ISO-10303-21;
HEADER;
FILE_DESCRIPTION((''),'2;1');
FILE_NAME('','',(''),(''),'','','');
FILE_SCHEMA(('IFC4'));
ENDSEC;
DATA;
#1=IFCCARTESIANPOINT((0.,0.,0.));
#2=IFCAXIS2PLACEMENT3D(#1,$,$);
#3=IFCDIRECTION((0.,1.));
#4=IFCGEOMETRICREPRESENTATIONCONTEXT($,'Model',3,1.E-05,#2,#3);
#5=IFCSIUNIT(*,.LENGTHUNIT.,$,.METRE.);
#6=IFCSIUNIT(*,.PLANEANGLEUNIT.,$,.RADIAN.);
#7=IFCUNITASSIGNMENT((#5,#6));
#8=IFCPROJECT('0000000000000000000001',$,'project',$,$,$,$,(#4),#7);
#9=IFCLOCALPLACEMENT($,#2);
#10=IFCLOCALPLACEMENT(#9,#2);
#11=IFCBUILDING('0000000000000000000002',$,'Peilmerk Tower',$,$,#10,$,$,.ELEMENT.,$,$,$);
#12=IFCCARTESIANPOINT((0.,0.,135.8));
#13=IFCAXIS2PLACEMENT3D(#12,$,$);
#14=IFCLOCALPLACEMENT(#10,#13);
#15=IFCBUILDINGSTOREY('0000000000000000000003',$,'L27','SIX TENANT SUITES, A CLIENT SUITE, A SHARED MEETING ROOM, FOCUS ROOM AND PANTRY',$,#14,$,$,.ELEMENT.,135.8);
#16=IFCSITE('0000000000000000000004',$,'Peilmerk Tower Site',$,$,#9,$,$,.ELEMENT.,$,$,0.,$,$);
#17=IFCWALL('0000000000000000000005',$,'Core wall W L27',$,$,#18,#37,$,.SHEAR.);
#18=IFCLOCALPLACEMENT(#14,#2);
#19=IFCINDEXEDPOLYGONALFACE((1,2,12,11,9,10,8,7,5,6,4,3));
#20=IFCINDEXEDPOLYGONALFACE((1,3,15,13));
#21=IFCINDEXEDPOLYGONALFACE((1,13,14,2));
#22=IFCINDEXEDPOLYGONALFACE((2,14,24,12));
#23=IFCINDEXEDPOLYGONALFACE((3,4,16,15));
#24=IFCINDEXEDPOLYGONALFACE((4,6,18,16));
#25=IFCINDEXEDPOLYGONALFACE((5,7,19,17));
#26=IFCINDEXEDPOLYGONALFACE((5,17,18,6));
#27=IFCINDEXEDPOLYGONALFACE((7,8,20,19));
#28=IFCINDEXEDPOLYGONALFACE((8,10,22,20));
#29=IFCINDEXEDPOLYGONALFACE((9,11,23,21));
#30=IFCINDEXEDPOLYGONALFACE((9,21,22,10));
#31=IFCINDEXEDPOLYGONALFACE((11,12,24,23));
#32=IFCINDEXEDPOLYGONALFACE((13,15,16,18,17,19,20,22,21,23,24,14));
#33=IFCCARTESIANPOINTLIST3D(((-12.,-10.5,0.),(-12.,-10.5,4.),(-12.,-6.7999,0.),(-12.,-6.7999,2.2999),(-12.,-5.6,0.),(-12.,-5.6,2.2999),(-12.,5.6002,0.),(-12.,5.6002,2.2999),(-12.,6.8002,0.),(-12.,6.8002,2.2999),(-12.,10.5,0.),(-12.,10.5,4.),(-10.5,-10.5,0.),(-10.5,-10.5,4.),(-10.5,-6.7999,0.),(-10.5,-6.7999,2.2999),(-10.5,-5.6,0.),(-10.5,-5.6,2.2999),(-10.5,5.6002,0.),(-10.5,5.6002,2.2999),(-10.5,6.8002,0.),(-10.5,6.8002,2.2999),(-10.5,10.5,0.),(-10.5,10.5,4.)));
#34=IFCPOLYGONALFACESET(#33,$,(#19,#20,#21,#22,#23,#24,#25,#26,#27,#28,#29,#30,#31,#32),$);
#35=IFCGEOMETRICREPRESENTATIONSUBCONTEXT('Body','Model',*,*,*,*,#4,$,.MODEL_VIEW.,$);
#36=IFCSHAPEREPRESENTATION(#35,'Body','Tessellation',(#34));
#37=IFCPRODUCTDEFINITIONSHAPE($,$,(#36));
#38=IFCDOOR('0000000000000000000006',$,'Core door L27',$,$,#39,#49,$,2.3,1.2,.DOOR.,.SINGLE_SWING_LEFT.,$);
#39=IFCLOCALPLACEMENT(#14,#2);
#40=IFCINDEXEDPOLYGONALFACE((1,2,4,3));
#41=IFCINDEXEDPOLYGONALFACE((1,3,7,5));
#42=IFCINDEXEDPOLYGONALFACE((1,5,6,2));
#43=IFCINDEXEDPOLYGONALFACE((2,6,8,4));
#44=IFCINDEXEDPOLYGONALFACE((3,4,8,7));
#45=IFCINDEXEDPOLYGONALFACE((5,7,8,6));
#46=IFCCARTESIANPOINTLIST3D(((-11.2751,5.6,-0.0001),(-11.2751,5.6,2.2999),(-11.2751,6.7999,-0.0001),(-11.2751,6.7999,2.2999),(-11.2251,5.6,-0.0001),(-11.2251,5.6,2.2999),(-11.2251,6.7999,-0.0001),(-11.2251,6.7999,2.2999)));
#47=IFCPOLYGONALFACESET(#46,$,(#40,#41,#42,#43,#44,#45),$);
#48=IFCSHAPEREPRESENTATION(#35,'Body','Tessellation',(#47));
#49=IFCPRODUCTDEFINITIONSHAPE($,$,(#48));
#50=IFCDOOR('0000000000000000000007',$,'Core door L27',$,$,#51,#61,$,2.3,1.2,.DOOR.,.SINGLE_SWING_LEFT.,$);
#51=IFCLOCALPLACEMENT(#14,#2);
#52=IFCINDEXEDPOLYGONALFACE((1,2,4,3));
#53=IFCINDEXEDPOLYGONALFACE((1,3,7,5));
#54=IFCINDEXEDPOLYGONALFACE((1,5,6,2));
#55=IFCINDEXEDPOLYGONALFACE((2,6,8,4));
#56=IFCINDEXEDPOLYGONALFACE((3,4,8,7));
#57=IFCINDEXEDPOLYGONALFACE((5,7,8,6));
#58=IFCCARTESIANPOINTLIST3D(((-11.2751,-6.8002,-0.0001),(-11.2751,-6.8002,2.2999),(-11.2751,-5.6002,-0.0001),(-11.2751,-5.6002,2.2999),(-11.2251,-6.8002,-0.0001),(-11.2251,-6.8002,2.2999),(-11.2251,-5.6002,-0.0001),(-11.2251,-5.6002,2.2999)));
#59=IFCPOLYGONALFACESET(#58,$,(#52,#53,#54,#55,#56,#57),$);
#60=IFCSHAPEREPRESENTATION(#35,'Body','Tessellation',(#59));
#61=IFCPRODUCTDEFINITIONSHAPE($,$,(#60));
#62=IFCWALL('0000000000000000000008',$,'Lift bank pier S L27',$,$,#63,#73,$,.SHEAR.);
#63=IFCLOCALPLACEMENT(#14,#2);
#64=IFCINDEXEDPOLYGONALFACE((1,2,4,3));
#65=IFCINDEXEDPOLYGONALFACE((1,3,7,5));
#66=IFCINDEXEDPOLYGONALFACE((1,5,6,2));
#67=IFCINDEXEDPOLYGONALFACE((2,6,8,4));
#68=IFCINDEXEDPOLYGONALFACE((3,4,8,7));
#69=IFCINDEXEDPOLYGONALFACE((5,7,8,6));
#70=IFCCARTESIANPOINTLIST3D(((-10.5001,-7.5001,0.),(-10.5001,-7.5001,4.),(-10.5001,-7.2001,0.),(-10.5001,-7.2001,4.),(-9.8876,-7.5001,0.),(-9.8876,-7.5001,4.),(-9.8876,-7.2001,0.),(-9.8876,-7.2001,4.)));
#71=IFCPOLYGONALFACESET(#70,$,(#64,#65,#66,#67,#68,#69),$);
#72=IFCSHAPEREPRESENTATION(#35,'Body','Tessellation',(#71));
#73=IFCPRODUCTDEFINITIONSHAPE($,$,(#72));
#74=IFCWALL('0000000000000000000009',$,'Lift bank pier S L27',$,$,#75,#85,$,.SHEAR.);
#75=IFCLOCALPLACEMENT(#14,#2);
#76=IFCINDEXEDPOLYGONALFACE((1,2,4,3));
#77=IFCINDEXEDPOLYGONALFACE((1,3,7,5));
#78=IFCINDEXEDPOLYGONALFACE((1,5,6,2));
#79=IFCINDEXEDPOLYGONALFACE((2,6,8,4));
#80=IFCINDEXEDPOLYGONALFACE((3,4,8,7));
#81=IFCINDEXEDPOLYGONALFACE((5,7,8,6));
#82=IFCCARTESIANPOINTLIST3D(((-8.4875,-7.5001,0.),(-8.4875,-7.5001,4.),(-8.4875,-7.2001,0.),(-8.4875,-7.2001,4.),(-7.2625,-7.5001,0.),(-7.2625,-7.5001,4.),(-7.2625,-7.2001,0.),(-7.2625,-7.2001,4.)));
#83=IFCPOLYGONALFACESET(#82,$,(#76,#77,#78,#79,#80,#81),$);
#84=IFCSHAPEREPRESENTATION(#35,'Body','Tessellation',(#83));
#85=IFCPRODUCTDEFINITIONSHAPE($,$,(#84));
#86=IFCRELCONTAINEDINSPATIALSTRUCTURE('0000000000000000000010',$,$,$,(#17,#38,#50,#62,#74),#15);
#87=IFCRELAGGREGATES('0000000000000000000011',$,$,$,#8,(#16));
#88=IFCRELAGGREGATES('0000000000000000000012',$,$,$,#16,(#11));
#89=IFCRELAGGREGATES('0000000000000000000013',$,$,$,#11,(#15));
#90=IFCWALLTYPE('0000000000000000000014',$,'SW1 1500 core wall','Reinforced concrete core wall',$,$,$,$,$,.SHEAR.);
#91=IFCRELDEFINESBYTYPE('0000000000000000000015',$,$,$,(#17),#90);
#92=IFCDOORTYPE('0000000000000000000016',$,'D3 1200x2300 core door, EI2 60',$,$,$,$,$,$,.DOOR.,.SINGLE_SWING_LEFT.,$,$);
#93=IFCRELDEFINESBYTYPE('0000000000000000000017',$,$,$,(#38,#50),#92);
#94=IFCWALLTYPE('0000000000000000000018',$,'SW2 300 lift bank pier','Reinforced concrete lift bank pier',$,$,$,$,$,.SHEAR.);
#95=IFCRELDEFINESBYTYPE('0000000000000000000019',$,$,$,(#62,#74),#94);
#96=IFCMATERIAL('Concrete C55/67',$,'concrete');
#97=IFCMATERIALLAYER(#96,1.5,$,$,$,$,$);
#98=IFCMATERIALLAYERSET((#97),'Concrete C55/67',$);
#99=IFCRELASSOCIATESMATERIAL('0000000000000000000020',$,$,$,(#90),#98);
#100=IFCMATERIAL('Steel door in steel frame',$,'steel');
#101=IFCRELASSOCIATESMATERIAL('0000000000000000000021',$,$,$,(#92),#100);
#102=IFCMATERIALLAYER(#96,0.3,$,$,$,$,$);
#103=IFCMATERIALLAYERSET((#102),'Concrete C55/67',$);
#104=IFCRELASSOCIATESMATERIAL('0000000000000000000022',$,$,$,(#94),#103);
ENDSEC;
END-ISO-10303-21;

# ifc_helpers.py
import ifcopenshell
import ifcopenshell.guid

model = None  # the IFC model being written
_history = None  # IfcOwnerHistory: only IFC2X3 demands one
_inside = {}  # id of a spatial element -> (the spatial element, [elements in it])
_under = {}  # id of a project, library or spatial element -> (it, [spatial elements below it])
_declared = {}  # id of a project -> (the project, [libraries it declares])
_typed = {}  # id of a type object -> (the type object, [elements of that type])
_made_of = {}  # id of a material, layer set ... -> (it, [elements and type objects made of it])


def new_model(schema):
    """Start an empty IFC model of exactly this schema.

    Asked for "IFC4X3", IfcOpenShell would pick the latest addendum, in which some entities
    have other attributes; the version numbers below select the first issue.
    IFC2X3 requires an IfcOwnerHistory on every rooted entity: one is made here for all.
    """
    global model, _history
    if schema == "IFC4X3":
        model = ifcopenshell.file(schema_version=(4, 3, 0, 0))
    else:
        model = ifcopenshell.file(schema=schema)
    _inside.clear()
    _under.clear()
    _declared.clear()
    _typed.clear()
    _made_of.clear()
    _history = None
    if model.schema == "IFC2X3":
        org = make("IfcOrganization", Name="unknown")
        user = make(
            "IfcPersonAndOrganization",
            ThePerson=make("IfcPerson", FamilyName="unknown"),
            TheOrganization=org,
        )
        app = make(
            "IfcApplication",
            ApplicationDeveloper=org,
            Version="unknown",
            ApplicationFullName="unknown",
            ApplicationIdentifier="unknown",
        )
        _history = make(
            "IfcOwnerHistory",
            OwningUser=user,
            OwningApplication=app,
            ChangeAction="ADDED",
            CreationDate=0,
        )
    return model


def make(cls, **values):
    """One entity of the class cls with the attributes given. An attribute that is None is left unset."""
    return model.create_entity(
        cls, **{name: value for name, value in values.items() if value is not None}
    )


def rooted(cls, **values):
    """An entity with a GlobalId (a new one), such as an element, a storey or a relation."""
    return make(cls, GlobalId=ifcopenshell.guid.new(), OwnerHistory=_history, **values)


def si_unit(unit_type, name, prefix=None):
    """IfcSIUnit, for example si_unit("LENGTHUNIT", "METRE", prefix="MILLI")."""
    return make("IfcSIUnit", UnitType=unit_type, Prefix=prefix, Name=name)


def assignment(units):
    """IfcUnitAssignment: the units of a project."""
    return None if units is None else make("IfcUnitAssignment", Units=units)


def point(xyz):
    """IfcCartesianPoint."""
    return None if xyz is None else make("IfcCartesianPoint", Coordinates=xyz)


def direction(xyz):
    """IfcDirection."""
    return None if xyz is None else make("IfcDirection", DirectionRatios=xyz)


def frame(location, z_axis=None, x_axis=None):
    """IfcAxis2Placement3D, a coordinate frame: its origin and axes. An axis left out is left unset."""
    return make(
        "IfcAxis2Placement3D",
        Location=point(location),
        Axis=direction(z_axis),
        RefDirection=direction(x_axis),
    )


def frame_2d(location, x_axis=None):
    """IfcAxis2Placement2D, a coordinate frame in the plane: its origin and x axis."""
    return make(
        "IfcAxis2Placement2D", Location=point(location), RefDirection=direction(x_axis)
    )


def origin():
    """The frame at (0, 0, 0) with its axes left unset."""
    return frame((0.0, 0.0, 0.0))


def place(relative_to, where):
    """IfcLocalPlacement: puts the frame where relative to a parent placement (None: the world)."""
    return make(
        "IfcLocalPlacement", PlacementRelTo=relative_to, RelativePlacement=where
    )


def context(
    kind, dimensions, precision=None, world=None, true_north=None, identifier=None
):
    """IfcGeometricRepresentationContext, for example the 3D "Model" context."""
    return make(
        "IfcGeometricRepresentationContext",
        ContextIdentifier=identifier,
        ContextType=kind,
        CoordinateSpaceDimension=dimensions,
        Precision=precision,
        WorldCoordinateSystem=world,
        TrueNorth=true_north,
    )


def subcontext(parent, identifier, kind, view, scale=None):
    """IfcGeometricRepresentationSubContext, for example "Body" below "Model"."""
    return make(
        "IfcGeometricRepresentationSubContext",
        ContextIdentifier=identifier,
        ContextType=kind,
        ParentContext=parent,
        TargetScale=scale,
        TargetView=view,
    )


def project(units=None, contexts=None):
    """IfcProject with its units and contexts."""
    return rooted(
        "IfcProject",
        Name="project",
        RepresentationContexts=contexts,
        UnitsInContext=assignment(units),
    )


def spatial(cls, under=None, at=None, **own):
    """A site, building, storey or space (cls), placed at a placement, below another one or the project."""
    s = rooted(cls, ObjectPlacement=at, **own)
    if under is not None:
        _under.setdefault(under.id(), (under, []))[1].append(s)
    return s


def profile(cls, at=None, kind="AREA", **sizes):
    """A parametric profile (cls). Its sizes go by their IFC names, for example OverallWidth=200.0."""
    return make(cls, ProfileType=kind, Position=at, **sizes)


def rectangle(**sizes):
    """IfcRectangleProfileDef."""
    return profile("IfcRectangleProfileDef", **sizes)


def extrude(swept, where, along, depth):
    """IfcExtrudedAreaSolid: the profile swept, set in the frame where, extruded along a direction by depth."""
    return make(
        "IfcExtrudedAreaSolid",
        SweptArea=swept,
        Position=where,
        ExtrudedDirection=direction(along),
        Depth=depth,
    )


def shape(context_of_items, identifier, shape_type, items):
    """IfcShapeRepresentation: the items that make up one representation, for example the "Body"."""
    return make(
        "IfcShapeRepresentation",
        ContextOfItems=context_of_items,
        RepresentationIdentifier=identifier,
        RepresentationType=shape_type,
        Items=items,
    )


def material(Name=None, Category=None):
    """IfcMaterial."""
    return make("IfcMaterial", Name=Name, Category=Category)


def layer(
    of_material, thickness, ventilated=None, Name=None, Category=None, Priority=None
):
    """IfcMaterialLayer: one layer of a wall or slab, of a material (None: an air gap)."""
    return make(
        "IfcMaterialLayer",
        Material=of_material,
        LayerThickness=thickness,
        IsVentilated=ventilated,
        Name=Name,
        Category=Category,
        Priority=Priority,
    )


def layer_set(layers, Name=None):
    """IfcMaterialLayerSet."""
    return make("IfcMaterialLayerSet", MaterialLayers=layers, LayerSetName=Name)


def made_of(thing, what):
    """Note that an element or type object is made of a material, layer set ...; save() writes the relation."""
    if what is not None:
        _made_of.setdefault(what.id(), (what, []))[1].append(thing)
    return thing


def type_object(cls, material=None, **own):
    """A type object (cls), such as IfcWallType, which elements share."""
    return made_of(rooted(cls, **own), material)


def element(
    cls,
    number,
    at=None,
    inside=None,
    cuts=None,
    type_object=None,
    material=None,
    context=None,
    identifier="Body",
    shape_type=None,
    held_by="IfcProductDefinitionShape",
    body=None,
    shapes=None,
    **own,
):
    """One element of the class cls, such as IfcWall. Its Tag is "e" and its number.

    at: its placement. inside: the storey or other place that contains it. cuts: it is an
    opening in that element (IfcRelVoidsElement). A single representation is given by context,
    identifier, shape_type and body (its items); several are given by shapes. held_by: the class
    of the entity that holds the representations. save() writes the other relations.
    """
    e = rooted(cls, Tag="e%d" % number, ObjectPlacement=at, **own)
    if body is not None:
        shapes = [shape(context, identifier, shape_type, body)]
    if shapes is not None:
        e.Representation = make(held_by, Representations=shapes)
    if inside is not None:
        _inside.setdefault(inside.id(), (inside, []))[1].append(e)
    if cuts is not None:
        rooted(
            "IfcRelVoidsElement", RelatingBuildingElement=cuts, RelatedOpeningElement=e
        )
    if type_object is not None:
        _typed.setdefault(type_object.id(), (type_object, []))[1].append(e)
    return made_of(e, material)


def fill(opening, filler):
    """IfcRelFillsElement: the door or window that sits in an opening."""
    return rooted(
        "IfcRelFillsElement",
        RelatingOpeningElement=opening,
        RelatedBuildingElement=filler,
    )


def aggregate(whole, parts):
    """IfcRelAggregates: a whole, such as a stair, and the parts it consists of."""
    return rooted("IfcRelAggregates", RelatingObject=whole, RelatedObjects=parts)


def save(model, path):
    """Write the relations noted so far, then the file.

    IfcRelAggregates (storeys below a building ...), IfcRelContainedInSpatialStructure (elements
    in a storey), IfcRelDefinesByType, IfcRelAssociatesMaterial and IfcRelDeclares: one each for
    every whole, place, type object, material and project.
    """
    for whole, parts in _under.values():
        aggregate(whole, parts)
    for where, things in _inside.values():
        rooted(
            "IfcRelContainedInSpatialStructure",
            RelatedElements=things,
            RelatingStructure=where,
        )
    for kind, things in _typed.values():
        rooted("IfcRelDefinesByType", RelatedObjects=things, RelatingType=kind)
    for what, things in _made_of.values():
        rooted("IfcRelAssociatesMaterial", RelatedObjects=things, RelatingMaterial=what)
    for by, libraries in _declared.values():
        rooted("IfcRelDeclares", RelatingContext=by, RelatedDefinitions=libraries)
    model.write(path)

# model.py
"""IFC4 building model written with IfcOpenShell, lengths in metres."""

from ifc_helpers import new_model, si_unit, direction, frame, frame_2d, origin, place, context, subcontext, project, spatial, rectangle, extrude, material, layer, layer_set, type_object, element, fill, save


model = new_model("IFC4")

# Units and contexts
model_context = context("Model", 3, precision=1e-05, world=origin(), true_north=direction((0.0, 1.0)))
body_context = subcontext(model_context, "Body", "Model", "MODEL_VIEW")
ifc_project = project(units=[si_unit("LENGTHUNIT", "METRE"), si_unit("PLANEANGLEUNIT", "RADIAN")], contexts=[model_context])

# Site, building, storey
site_placement = place(None, origin())
site = spatial("IfcSite", under=ifc_project, at=site_placement, Name="Peilmerk Tower Site", CompositionType="ELEMENT", RefElevation=0.0)
building_placement = place(site_placement, origin())
building = spatial("IfcBuilding", under=site, at=building_placement, Name="Peilmerk Tower", CompositionType="ELEMENT")
storey_placement = place(building_placement, frame((0.0, 0.0, 135.8)))
storey = spatial("IfcBuildingStorey", under=building, at=storey_placement, Name="L27", Description="SIX TENANT SUITES, A CLIENT SUITE, A SHARED MEETING ROOM, FOCUS ROOM AND PANTRY", CompositionType="ELEMENT", Elevation=135.8)

# Wall, openings, doors
ifc_material_1 = material(Name="Concrete C55/67", Category="concrete")
ifc_layer_1 = layer(ifc_material_1, 1.5)
ifc_layer_set_1 = layer_set([ifc_layer_1], Name="Concrete C55/67")
wall_type_1 = type_object("IfcWallType", Name="SW1 1500 core wall", Description="Reinforced concrete core wall", PredefinedType="SHEAR", material=ifc_layer_set_1)
wall_1_placement = place(storey_placement, frame((-11.25, -10.5, 0.0), z_axis=(0.0, 0.0, 1.0), x_axis=(0.0, 1.0, 0.0)))
wall_1 = element("IfcWall", 1, at=wall_1_placement, inside=storey, type_object=wall_type_1, Name="Core wall W L27", PredefinedType="SHEAR", context=body_context, shape_type="SweptSolid", body=[
    extrude(rectangle(XDim=21.0, YDim=1.5, at=frame_2d((10.5, 0.0))), origin(), (0.0, 0.0, 1.0), 4.0),
])
opening_1_placement = place(wall_1_placement, frame((16.1001, 0.0, 0.0)))
opening_1 = element("IfcOpeningElement", 2, at=opening_1_placement, cuts=wall_1, PredefinedType="OPENING", context=body_context, shape_type="SweptSolid", body=[
    extrude(rectangle(XDim=1.2, YDim=2.3, at=frame_2d((0.6001, 1.1499))), frame((0.0, 0.76, 0.0), z_axis=(0.0, -1.0, 0.0), x_axis=(1.0, 0.0, 0.0)), (0.0, 0.0, 1.0), 1.52),
])
opening_2_placement = place(wall_1_placement, frame((3.7, 0.0, 0.0)))
opening_2 = element("IfcOpeningElement", 3, at=opening_2_placement, cuts=wall_1, PredefinedType="OPENING", context=body_context, shape_type="SweptSolid", body=[
    extrude(rectangle(XDim=1.2, YDim=2.3, at=frame_2d((0.6001, 1.1499))), frame((0.0, 0.76, 0.0), z_axis=(0.0, -1.0, 0.0), x_axis=(1.0, 0.0, 0.0)), (0.0, 0.0, 1.0), 1.52),
])
ifc_material_2 = material(Name="Steel door in steel frame", Category="steel")
door_type = type_object("IfcDoorType", Name="D3 1200x2300 core door, EI2 60", OperationType="SINGLE_SWING_LEFT", PredefinedType="DOOR", material=ifc_material_2)
door_1_placement = place(opening_1_placement, frame((1.2, 0.0, 0.0), z_axis=(0.0, 0.0, 1.0), x_axis=(-1.0, 0.0, 0.0)))
door_1 = element("IfcDoor", 4, at=door_1_placement, inside=storey, type_object=door_type, Name="Core door L27", OperationType="SINGLE_SWING_LEFT", OverallHeight=2.3, OverallWidth=1.2, PredefinedType="DOOR", context=body_context, shape_type="SweptSolid", body=[
    extrude(rectangle(XDim=1.2, YDim=2.3, at=frame_2d((0.6001, 1.1499))), frame((0.0, 0.0249, 0.0), z_axis=(0.0, -1.0, 0.0), x_axis=(1.0, 0.0, 0.0)), (0.0, 0.0, 1.0), 0.05),
])
fill(opening_1, door_1)
door_2_placement = place(opening_2_placement, frame((1.2, 0.0, 0.0), z_axis=(0.0, 0.0, 1.0), x_axis=(-1.0, 0.0, 0.0)))
door_2 = element("IfcDoor", 5, at=door_2_placement, inside=storey, type_object=door_type, Name="Core door L27", OperationType="SINGLE_SWING_LEFT", OverallHeight=2.3, OverallWidth=1.2, PredefinedType="DOOR", context=body_context, shape_type="SweptSolid", body=[
    extrude(rectangle(XDim=1.2, YDim=2.3, at=frame_2d((0.6001, 1.1499))), frame((0.0, 0.0249, 0.0), z_axis=(0.0, -1.0, 0.0), x_axis=(1.0, 0.0, 0.0)), (0.0, 0.0, 1.0), 0.05),
])
fill(opening_2, door_2)

# Walls
ifc_layer_2 = layer(ifc_material_1, 0.3)
ifc_layer_set_2 = layer_set([ifc_layer_2], Name="Concrete C55/67")
wall_type_2 = type_object("IfcWallType", Name="SW2 300 lift bank pier", Description="Reinforced concrete lift bank pier", PredefinedType="SHEAR", material=ifc_layer_set_2)
wall_2_placement = place(storey_placement, frame((-10.5, -7.3501, 0.0), z_axis=(0.0, 0.0, 1.0), x_axis=(1.0, 0.0, 0.0)))
element("IfcWall", 6, at=wall_2_placement, inside=storey, type_object=wall_type_2, Name="Lift bank pier S L27", PredefinedType="SHEAR", context=body_context, shape_type="SweptSolid", body=[
    extrude(rectangle(XDim=0.6125, YDim=0.3, at=frame_2d((0.3062, 0.0))), origin(), (0.0, 0.0, 1.0), 4.0),
])
wall_3_placement = place(storey_placement, frame((-8.4875, -7.3501, 0.0), z_axis=(0.0, 0.0, 1.0), x_axis=(1.0, 0.0, 0.0)))
element("IfcWall", 7, at=wall_3_placement, inside=storey, type_object=wall_type_2, Name="Lift bank pier S L27", PredefinedType="SHEAR", context=body_context, shape_type="SweptSolid", body=[
    extrude(rectangle(XDim=1.2251, YDim=0.3, at=frame_2d((0.6125, 0.0))), origin(), (0.0, 0.0, 1.0), 4.0),
])

save(model, "model.ifc")
